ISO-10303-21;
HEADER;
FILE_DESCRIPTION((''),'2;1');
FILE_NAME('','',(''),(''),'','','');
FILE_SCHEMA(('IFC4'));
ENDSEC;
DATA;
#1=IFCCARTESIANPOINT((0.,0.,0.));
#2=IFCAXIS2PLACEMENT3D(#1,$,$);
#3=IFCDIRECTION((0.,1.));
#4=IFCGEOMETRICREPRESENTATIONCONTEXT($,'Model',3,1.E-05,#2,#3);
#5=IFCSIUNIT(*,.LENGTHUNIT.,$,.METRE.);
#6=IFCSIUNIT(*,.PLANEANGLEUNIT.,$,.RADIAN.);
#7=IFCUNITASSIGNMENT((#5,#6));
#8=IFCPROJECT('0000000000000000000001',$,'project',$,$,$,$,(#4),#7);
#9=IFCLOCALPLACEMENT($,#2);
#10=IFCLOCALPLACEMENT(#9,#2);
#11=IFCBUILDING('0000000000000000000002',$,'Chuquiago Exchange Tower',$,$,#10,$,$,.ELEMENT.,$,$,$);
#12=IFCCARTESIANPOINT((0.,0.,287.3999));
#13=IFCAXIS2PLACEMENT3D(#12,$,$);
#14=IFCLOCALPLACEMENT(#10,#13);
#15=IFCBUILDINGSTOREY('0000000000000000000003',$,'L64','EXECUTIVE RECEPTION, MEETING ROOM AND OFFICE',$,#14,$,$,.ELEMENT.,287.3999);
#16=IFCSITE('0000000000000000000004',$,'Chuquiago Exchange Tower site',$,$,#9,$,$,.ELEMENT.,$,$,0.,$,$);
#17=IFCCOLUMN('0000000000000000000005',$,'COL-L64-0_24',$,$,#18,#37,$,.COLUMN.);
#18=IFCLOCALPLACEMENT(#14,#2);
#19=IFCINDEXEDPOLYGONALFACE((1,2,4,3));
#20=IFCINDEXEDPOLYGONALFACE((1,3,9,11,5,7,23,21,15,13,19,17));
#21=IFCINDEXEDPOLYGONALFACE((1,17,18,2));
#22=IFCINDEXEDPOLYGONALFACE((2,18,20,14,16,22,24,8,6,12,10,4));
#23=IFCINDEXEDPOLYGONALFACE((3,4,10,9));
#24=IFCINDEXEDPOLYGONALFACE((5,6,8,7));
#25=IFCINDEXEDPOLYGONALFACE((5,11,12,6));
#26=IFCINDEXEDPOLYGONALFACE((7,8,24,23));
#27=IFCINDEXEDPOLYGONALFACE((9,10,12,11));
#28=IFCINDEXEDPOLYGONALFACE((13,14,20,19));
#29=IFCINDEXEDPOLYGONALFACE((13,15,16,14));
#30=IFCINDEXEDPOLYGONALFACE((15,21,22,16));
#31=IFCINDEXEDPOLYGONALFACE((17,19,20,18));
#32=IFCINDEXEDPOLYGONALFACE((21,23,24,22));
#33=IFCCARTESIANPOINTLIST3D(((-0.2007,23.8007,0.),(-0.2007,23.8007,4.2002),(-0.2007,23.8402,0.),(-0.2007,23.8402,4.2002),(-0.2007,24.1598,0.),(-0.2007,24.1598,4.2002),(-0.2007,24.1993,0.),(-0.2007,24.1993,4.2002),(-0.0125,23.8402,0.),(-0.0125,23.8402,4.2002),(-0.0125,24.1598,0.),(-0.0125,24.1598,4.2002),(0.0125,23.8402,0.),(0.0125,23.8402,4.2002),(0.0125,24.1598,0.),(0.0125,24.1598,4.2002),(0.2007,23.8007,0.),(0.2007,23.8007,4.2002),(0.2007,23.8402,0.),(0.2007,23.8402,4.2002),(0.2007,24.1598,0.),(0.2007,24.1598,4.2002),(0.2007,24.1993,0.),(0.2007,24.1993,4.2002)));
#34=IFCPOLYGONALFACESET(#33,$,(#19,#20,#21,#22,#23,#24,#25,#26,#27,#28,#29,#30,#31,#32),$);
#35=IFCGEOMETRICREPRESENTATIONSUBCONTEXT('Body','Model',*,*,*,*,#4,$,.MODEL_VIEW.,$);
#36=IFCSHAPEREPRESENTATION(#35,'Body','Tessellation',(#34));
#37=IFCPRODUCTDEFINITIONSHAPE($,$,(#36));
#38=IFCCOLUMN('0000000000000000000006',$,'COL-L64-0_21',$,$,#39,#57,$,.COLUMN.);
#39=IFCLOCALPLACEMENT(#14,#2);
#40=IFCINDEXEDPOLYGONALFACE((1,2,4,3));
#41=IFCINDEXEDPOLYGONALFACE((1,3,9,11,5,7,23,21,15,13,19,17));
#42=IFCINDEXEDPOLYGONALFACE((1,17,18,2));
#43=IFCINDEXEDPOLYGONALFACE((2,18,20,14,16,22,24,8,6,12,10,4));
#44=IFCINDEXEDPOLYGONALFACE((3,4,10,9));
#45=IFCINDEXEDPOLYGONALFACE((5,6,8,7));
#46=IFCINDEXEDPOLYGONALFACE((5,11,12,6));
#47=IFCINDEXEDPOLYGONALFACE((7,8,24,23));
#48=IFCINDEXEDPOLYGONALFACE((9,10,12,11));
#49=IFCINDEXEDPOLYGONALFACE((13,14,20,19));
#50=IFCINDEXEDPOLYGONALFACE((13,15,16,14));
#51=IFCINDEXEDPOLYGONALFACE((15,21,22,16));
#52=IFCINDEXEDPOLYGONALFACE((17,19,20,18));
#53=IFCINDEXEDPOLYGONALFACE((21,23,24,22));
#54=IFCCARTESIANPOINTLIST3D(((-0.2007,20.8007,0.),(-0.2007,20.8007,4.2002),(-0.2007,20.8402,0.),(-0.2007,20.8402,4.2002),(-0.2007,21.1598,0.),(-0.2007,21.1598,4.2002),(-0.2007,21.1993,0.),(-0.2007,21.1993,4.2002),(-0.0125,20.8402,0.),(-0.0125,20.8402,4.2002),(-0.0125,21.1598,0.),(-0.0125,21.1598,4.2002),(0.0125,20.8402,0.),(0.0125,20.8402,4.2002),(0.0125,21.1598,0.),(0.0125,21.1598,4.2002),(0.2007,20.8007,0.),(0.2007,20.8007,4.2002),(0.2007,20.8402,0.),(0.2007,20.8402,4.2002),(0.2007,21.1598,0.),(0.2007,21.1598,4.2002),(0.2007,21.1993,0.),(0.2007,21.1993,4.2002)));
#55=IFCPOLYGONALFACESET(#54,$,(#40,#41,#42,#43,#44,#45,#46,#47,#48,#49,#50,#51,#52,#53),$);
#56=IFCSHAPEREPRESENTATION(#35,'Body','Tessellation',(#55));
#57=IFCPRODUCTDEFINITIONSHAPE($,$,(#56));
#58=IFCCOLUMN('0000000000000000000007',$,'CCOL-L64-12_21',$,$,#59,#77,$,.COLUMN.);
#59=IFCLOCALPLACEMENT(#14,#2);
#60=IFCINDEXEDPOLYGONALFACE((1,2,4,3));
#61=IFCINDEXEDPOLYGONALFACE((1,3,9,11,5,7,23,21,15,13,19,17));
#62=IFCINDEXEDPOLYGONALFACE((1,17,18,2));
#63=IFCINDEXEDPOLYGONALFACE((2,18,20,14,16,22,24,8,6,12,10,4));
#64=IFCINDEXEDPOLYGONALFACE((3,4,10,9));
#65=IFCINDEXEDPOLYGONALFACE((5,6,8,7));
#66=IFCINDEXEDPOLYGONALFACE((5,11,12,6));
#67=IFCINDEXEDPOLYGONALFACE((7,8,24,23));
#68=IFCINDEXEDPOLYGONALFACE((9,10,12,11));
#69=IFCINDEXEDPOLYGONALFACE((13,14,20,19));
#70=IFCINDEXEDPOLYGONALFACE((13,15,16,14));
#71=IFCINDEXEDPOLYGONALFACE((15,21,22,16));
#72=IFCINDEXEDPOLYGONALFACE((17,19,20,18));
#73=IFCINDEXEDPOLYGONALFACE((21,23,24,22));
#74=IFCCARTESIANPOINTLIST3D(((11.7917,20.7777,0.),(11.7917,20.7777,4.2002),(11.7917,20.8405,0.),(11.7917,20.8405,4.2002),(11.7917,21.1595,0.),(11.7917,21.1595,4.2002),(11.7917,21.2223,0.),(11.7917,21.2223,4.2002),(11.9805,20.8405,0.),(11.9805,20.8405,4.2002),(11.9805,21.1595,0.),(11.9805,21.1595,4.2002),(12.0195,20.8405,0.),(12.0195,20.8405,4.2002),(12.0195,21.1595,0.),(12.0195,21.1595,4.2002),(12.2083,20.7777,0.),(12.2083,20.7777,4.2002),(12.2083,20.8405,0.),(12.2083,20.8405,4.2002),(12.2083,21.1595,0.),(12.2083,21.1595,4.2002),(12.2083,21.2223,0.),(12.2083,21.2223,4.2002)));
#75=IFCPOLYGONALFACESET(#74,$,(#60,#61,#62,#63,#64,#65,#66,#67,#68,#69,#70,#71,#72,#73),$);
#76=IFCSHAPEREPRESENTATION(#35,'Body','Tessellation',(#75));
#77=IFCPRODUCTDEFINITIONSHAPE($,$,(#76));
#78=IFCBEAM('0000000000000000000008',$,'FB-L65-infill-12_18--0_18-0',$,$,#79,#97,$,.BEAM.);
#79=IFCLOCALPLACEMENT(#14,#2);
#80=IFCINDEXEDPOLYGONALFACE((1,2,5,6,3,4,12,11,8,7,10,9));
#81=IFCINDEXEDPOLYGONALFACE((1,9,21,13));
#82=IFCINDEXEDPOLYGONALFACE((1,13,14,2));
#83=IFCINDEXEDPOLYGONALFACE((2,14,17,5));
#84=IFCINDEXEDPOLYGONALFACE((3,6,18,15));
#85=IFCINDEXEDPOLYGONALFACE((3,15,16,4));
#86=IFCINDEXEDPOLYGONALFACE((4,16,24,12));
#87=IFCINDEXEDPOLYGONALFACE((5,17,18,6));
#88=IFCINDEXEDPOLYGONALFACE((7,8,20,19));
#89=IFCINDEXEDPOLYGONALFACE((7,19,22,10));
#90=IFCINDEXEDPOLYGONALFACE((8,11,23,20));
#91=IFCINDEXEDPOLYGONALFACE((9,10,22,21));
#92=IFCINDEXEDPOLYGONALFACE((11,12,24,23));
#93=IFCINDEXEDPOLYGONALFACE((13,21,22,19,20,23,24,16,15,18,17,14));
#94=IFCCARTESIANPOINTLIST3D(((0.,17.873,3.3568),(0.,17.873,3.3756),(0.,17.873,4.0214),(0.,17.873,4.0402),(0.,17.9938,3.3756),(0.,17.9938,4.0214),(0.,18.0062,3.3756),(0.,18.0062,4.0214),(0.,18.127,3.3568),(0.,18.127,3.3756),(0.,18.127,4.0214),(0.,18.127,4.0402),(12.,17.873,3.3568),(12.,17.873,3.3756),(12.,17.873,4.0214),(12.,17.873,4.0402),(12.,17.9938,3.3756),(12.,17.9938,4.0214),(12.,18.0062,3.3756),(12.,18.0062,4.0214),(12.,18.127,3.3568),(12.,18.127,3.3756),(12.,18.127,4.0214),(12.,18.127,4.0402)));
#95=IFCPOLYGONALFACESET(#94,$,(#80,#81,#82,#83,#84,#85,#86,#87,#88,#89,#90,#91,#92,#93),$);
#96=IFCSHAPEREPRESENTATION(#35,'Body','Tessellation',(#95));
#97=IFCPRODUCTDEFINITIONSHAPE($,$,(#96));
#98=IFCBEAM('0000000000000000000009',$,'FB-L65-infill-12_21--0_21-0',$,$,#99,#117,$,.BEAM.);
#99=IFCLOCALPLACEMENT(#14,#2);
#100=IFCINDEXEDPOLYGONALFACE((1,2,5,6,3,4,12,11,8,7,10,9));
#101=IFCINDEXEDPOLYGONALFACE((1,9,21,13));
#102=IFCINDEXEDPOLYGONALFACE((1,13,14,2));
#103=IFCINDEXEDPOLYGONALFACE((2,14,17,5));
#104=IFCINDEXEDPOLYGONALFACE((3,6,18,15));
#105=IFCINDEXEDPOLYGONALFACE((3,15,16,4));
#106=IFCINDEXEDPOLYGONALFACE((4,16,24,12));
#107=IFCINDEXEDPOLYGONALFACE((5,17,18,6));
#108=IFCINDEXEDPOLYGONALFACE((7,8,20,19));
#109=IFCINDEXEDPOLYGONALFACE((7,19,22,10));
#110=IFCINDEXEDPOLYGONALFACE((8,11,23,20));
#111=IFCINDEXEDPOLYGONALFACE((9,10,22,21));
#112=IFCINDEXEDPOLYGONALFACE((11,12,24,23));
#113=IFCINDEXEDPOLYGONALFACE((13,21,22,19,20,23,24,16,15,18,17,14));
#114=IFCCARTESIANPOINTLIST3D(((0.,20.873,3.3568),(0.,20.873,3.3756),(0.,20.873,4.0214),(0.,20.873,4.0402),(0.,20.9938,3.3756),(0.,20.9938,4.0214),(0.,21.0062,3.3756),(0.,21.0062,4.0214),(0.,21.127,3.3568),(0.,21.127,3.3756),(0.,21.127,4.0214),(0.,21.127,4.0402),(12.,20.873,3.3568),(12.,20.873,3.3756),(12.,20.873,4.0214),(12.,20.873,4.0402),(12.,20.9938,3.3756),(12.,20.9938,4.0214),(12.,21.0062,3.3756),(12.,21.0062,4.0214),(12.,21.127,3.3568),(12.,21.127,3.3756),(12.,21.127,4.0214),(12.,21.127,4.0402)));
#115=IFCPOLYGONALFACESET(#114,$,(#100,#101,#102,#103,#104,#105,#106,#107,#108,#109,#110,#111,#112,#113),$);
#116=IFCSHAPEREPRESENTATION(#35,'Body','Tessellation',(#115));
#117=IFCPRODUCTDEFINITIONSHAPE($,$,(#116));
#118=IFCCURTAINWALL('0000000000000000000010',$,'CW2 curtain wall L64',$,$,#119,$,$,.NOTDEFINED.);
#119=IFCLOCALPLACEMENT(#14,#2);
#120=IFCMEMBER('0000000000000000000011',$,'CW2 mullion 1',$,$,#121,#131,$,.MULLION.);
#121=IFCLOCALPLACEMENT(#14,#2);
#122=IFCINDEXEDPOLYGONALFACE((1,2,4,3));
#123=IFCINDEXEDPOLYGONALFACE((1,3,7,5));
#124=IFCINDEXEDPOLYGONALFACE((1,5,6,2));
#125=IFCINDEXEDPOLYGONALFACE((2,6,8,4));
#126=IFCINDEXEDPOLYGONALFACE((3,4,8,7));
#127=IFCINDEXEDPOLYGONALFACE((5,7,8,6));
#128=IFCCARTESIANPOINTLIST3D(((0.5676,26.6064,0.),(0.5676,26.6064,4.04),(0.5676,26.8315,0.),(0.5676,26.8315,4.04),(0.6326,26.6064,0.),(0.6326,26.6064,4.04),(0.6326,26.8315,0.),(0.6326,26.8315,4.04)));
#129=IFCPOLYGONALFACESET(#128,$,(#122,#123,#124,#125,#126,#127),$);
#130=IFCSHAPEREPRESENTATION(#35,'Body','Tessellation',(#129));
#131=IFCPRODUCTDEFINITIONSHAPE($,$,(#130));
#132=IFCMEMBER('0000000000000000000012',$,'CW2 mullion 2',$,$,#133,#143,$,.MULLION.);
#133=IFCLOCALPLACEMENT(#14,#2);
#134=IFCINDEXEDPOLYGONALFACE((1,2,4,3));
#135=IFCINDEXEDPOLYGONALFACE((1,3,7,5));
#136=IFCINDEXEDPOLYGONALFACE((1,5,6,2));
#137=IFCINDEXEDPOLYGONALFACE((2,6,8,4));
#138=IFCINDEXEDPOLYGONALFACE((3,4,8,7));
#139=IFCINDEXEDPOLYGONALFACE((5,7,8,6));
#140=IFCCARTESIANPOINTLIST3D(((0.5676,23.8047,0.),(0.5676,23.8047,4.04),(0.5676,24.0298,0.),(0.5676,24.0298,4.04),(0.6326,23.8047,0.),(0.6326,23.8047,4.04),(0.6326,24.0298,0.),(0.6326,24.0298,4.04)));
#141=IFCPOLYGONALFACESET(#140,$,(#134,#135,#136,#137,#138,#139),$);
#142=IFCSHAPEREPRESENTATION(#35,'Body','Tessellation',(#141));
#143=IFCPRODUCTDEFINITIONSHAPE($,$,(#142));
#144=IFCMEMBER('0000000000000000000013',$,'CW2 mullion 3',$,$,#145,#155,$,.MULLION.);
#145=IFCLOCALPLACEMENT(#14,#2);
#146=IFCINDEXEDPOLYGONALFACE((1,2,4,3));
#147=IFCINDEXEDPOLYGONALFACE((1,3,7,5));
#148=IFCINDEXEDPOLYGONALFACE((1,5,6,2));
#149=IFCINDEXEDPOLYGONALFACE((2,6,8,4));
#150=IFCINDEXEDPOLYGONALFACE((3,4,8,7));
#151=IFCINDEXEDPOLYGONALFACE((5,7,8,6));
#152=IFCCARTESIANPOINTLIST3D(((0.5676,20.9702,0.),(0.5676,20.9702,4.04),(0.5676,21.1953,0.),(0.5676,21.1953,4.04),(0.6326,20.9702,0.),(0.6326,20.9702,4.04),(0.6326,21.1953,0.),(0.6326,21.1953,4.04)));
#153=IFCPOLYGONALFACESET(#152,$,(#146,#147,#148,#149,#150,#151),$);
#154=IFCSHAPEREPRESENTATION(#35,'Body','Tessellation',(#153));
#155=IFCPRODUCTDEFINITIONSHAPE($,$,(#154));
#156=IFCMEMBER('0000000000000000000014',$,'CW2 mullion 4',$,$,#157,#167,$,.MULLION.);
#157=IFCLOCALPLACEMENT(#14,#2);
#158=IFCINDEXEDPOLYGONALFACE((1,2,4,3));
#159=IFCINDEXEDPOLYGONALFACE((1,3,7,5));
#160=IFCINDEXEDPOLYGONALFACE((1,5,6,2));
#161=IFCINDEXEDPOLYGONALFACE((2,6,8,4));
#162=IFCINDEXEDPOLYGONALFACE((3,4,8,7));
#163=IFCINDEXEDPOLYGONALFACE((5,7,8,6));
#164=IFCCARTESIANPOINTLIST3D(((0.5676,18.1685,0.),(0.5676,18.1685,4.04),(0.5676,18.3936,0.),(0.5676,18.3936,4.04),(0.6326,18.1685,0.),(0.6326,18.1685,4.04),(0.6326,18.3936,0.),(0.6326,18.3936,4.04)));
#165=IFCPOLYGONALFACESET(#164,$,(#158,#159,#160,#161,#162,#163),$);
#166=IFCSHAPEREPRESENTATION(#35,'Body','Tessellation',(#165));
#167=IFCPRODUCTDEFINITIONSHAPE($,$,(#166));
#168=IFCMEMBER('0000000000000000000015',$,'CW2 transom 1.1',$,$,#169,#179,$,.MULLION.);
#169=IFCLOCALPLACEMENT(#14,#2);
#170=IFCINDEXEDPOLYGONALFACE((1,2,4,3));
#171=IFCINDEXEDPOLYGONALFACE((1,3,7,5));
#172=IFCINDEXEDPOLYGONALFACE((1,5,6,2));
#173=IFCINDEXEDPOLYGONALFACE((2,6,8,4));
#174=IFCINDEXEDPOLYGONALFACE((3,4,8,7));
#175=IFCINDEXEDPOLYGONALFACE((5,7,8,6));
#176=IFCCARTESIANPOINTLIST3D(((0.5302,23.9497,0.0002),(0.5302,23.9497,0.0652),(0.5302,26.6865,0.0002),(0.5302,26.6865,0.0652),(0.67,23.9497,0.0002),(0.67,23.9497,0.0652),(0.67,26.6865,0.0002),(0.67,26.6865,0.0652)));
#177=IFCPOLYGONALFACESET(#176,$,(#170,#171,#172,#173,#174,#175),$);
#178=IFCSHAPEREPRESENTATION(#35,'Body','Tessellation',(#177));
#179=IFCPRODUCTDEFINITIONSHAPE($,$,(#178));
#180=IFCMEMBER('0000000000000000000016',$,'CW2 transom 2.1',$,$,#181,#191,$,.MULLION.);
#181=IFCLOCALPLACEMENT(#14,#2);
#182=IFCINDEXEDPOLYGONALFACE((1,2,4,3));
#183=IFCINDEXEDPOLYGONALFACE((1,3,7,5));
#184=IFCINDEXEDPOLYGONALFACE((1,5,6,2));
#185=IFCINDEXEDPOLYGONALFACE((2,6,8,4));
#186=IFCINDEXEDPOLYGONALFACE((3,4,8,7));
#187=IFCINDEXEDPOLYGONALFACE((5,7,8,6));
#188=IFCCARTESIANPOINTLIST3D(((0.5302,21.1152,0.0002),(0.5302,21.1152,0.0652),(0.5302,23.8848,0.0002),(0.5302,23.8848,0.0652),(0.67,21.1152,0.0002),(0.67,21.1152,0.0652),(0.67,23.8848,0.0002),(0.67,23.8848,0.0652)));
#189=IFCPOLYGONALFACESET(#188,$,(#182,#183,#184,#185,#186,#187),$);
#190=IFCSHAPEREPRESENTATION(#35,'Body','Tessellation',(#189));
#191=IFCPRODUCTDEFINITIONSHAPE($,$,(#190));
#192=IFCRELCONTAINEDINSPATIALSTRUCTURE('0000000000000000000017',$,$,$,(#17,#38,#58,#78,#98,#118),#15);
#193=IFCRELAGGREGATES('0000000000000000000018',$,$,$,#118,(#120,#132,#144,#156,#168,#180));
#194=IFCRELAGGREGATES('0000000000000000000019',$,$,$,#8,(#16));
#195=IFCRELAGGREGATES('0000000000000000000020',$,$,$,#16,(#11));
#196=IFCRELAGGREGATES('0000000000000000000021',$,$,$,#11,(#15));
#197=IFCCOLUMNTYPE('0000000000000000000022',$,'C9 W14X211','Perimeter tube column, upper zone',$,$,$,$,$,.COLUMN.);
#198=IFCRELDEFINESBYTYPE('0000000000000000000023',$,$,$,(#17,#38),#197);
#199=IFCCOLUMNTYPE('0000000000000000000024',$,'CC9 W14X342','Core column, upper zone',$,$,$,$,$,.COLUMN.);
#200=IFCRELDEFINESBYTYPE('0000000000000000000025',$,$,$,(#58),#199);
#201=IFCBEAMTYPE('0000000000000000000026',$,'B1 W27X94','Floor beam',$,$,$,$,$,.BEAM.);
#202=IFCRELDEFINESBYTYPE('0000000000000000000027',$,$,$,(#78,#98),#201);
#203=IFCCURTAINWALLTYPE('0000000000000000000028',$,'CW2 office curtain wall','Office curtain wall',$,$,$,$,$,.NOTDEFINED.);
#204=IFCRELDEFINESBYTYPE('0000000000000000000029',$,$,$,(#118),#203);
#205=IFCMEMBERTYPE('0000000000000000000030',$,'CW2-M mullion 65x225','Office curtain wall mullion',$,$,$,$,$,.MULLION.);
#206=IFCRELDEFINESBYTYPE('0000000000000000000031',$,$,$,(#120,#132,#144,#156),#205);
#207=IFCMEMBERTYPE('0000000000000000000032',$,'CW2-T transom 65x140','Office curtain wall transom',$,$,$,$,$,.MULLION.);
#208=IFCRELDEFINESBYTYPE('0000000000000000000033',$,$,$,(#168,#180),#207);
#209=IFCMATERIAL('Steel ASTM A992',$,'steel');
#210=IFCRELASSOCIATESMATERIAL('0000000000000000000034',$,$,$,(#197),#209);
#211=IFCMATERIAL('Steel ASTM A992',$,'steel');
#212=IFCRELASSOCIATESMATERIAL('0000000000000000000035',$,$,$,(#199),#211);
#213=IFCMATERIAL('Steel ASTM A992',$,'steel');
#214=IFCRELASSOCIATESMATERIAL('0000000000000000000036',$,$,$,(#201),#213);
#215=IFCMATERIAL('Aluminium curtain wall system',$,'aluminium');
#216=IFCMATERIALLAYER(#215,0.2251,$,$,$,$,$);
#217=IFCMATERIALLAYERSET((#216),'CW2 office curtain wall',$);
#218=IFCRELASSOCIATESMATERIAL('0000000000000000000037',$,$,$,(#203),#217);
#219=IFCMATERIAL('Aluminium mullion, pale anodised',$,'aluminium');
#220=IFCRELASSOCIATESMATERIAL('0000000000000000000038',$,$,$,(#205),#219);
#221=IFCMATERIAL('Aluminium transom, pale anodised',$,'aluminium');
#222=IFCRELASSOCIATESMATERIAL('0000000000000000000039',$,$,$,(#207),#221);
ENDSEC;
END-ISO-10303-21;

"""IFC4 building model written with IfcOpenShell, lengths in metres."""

from ifc_helpers import new_model, si_unit, direction, frame, origin, origin_2d, place, context, subcontext, project, spatial, rectangle, i_section, extrude, material, layer, layer_set, material_profile, profile_set, type_object, element, aggregate, save


model = new_model("IFC4")

# Units and contexts
model_context = context("Model", 3, precision=1e-05, world=origin(), true_north=direction((0.0, 1.0)))
body_context = subcontext(model_context, "Body", "Model", "MODEL_VIEW")
ifc_project = project(units=[si_unit("LENGTHUNIT", "METRE"), si_unit("PLANEANGLEUNIT", "RADIAN")], contexts=[model_context])

# Site, building, storey
site_placement = place(None, origin())
site = spatial("IfcSite", under=ifc_project, at=site_placement, Name="Chuquiago Exchange Tower site", CompositionType="ELEMENT", RefElevation=0.0)
building_placement = place(site_placement, origin())
building = spatial("IfcBuilding", under=site, at=building_placement, Name="Chuquiago Exchange Tower", CompositionType="ELEMENT")
storey_placement = place(building_placement, frame((0.0, 0.0, 287.3999)))
storey = spatial("IfcBuildingStorey", under=building, at=storey_placement, Name="L64", Description="EXECUTIVE RECEPTION, MEETING ROOM AND OFFICE", CompositionType="ELEMENT", Elevation=287.3999)

# Columns
ifc_material_1 = material(Name="Steel ASTM A992", Category="steel")
ifc_material_profile_1 = material_profile(ifc_material_1, i_section(OverallWidth=0.4014, OverallDepth=0.3987, WebThickness=0.0249, FlangeThickness=0.0396, at=origin_2d()), Name="W14X211")
ifc_profile_set_1 = profile_set([ifc_material_profile_1], Name="Steel ASTM A992")
column_type_1 = type_object("IfcColumnType", Name="C9 W14X211", Description="Perimeter tube column, upper zone", PredefinedType="COLUMN", material=ifc_profile_set_1)
for number, where, z_axis, x_axis, name in (
    (1, (0.0, 24.0, 0.0), (0.0, 0.0, 1.0), (-1.0, 0.0, 0.0), "COL-L64-0_24"),
    (2, (0.0, 21.0, 0.0), (0.0, 0.0, 1.0), (-1.0, 0.0, 0.0), "COL-L64-0_21"),
):
    element("IfcColumn", number, at=place(storey_placement, frame(where, z_axis=z_axis, x_axis=x_axis)), inside=storey, type_object=column_type_1, Name=name, PredefinedType="COLUMN", context=body_context, shape_type="SweptSolid", body=[
        extrude(i_section(OverallWidth=0.4014, OverallDepth=0.3987, WebThickness=0.0249, FlangeThickness=0.0396, at=origin_2d()), origin(), (0.0, 0.0, 1.0), 4.2002),
    ])
ifc_material_2 = material(Name="Steel ASTM A992", Category="steel")
ifc_material_profile_2 = material_profile(ifc_material_2, i_section(OverallWidth=0.4165, OverallDepth=0.4446, WebThickness=0.0391, FlangeThickness=0.0627, at=origin_2d()), Name="W14X342")
ifc_profile_set_2 = profile_set([ifc_material_profile_2], Name="Steel ASTM A992")
column_type_2 = type_object("IfcColumnType", Name="CC9 W14X342", Description="Core column, upper zone", PredefinedType="COLUMN", material=ifc_profile_set_2)
column_placement = place(storey_placement, frame((12.0, 21.0, 0.0), z_axis=(0.0, 0.0, 1.0), x_axis=(1.0, 0.0, 0.0)))
element("IfcColumn", 3, at=column_placement, inside=storey, type_object=column_type_2, Name="CCOL-L64-12_21", PredefinedType="COLUMN", context=body_context, shape_type="SweptSolid", body=[
    extrude(i_section(OverallWidth=0.4165, OverallDepth=0.4446, WebThickness=0.0391, FlangeThickness=0.0627, at=origin_2d()), origin(), (0.0, 0.0, 1.0), 4.2002),
])

# Beams
ifc_material_3 = material(Name="Steel ASTM A992", Category="steel")
ifc_material_profile_3 = material_profile(ifc_material_3, i_section(OverallWidth=0.2539, OverallDepth=0.6833, WebThickness=0.0125, FlangeThickness=0.0188, at=origin_2d()), Name="W27X94")
ifc_profile_set_3 = profile_set([ifc_material_profile_3], Name="Steel ASTM A992")
beam_type_1 = type_object("IfcBeamType", Name="B1 W27X94", Description="Floor beam", PredefinedType="BEAM", material=ifc_profile_set_3)
for number, where, z_axis, x_axis, name in (
    (4, (12.0, 18.0, 3.6985), (-1.0, 0.0, 0.0), (0.0, -1.0, 0.0), "FB-L65-infill-12_18--0_18-0"),
    (5, (12.0, 21.0, 3.6985), (-1.0, 0.0, 0.0), (0.0, -1.0, 0.0), "FB-L65-infill-12_21--0_21-0"),
):
    element("IfcBeam", number, at=place(storey_placement, frame(where, z_axis=z_axis, x_axis=x_axis)), inside=storey, type_object=beam_type_1, Name=name, PredefinedType="BEAM", context=body_context, shape_type="SweptSolid", body=[
        extrude(i_section(OverallWidth=0.2539, OverallDepth=0.6833, WebThickness=0.0125, FlangeThickness=0.0188, at=origin_2d()), origin(), (0.0, 0.0, 1.0), 12.0),
    ])

# Curtain wall, members
ifc_material_4 = material(Name="Aluminium curtain wall system", Category="aluminium")
ifc_layer_1 = layer(ifc_material_4, 0.2251)
ifc_layer_set_1 = layer_set([ifc_layer_1], Name="CW2 office curtain wall")
curtain_wall_type_1 = type_object("IfcCurtainWallType", Name="CW2 office curtain wall", Description="Office curtain wall", PredefinedType="NOTDEFINED", material=ifc_layer_set_1)
curtain_wall_1_placement = place(storey_placement, origin())
curtain_wall_1 = element("IfcCurtainWall", 6, at=curtain_wall_1_placement, inside=storey, type_object=curtain_wall_type_1, Name="CW2 curtain wall L64", PredefinedType="NOTDEFINED")
ifc_material_5 = material(Name="Aluminium mullion, pale anodised", Category="aluminium")
ifc_material_profile_4 = material_profile(ifc_material_5, rectangle(XDim=0.0649, YDim=0.2251, at=origin_2d()), Name="AL 65x225")
ifc_profile_set_4 = profile_set([ifc_material_profile_4], Name="Aluminium mullion, pale anodised")
member_type_1 = type_object("IfcMemberType", Name="CW2-M mullion 65x225", Description="Office curtain wall mullion", PredefinedType="MULLION", material=ifc_profile_set_4)
member_1_placement = place(storey_placement, frame((0.6001, 26.719, 0.0), z_axis=(0.0, 0.0, 1.0), x_axis=(1.0, 0.0, 0.0)))
member_1 = element("IfcMember", 7, at=member_1_placement, type_object=member_type_1, Name="CW2 mullion 1", PredefinedType="MULLION", context=body_context, shape_type="SweptSolid", body=[
    extrude(rectangle(XDim=0.0649, YDim=0.2251, at=origin_2d()), origin(), (0.0, 0.0, 1.0), 4.04),
])
member_2_placement = place(storey_placement, frame((0.6001, 23.9172, 0.0), z_axis=(0.0, 0.0, 1.0), x_axis=(1.0, 0.0, 0.0)))
member_2 = element("IfcMember", 8, at=member_2_placement, type_object=member_type_1, Name="CW2 mullion 2", PredefinedType="MULLION", context=body_context, shape_type="SweptSolid", body=[
    extrude(rectangle(XDim=0.0649, YDim=0.2251, at=origin_2d()), origin(), (0.0, 0.0, 1.0), 4.04),
])
member_3_placement = place(storey_placement, frame((0.6001, 21.0828, 0.0), z_axis=(0.0, 0.0, 1.0), x_axis=(1.0, 0.0, 0.0)))
member_3 = element("IfcMember", 9, at=member_3_placement, type_object=member_type_1, Name="CW2 mullion 3", PredefinedType="MULLION", context=body_context, shape_type="SweptSolid", body=[
    extrude(rectangle(XDim=0.0649, YDim=0.2251, at=origin_2d()), origin(), (0.0, 0.0, 1.0), 4.04),
])
member_4_placement = place(storey_placement, frame((0.6001, 18.281, 0.0), z_axis=(0.0, 0.0, 1.0), x_axis=(1.0, 0.0, 0.0)))
member_4 = element("IfcMember", 10, at=member_4_placement, type_object=member_type_1, Name="CW2 mullion 4", PredefinedType="MULLION", context=body_context, shape_type="SweptSolid", body=[
    extrude(rectangle(XDim=0.0649, YDim=0.2251, at=origin_2d()), origin(), (0.0, 0.0, 1.0), 4.04),
])
ifc_material_6 = material(Name="Aluminium transom, pale anodised", Category="aluminium")
ifc_material_profile_5 = material_profile(ifc_material_6, rectangle(XDim=0.1399, YDim=0.0649, at=origin_2d()), Name="AL 140x65")
ifc_profile_set_5 = profile_set([ifc_material_profile_5], Name="Aluminium transom, pale anodised")
member_type_2 = type_object("IfcMemberType", Name="CW2-T transom 65x140", Description="Office curtain wall transom", PredefinedType="MULLION", material=ifc_profile_set_5)
member_5_placement = place(storey_placement, frame((0.6001, 26.6865, 0.0327), z_axis=(0.0, -1.0, 0.0), x_axis=(1.0, 0.0, 0.0)))
member_5 = element("IfcMember", 11, at=member_5_placement, type_object=member_type_2, Name="CW2 transom 1.1", PredefinedType="MULLION", context=body_context, shape_type="SweptSolid", body=[
    extrude(rectangle(XDim=0.1399, YDim=0.0649, at=origin_2d()), origin(), (0.0, 0.0, 1.0), 2.7368),
])
member_6_placement = place(storey_placement, frame((0.6001, 23.8848, 0.0327), z_axis=(0.0, -1.0, 0.0), x_axis=(1.0, 0.0, 0.0)))
member_6 = element("IfcMember", 12, at=member_6_placement, type_object=member_type_2, Name="CW2 transom 2.1", PredefinedType="MULLION", context=body_context, shape_type="SweptSolid", body=[
    extrude(rectangle(XDim=0.1399, YDim=0.0649, at=origin_2d()), origin(), (0.0, 0.0, 1.0), 2.7695),
])

aggregate(curtain_wall_1, [member_1, member_2, member_3, member_4, member_5, member_6])

save(model, "model.ifc")
